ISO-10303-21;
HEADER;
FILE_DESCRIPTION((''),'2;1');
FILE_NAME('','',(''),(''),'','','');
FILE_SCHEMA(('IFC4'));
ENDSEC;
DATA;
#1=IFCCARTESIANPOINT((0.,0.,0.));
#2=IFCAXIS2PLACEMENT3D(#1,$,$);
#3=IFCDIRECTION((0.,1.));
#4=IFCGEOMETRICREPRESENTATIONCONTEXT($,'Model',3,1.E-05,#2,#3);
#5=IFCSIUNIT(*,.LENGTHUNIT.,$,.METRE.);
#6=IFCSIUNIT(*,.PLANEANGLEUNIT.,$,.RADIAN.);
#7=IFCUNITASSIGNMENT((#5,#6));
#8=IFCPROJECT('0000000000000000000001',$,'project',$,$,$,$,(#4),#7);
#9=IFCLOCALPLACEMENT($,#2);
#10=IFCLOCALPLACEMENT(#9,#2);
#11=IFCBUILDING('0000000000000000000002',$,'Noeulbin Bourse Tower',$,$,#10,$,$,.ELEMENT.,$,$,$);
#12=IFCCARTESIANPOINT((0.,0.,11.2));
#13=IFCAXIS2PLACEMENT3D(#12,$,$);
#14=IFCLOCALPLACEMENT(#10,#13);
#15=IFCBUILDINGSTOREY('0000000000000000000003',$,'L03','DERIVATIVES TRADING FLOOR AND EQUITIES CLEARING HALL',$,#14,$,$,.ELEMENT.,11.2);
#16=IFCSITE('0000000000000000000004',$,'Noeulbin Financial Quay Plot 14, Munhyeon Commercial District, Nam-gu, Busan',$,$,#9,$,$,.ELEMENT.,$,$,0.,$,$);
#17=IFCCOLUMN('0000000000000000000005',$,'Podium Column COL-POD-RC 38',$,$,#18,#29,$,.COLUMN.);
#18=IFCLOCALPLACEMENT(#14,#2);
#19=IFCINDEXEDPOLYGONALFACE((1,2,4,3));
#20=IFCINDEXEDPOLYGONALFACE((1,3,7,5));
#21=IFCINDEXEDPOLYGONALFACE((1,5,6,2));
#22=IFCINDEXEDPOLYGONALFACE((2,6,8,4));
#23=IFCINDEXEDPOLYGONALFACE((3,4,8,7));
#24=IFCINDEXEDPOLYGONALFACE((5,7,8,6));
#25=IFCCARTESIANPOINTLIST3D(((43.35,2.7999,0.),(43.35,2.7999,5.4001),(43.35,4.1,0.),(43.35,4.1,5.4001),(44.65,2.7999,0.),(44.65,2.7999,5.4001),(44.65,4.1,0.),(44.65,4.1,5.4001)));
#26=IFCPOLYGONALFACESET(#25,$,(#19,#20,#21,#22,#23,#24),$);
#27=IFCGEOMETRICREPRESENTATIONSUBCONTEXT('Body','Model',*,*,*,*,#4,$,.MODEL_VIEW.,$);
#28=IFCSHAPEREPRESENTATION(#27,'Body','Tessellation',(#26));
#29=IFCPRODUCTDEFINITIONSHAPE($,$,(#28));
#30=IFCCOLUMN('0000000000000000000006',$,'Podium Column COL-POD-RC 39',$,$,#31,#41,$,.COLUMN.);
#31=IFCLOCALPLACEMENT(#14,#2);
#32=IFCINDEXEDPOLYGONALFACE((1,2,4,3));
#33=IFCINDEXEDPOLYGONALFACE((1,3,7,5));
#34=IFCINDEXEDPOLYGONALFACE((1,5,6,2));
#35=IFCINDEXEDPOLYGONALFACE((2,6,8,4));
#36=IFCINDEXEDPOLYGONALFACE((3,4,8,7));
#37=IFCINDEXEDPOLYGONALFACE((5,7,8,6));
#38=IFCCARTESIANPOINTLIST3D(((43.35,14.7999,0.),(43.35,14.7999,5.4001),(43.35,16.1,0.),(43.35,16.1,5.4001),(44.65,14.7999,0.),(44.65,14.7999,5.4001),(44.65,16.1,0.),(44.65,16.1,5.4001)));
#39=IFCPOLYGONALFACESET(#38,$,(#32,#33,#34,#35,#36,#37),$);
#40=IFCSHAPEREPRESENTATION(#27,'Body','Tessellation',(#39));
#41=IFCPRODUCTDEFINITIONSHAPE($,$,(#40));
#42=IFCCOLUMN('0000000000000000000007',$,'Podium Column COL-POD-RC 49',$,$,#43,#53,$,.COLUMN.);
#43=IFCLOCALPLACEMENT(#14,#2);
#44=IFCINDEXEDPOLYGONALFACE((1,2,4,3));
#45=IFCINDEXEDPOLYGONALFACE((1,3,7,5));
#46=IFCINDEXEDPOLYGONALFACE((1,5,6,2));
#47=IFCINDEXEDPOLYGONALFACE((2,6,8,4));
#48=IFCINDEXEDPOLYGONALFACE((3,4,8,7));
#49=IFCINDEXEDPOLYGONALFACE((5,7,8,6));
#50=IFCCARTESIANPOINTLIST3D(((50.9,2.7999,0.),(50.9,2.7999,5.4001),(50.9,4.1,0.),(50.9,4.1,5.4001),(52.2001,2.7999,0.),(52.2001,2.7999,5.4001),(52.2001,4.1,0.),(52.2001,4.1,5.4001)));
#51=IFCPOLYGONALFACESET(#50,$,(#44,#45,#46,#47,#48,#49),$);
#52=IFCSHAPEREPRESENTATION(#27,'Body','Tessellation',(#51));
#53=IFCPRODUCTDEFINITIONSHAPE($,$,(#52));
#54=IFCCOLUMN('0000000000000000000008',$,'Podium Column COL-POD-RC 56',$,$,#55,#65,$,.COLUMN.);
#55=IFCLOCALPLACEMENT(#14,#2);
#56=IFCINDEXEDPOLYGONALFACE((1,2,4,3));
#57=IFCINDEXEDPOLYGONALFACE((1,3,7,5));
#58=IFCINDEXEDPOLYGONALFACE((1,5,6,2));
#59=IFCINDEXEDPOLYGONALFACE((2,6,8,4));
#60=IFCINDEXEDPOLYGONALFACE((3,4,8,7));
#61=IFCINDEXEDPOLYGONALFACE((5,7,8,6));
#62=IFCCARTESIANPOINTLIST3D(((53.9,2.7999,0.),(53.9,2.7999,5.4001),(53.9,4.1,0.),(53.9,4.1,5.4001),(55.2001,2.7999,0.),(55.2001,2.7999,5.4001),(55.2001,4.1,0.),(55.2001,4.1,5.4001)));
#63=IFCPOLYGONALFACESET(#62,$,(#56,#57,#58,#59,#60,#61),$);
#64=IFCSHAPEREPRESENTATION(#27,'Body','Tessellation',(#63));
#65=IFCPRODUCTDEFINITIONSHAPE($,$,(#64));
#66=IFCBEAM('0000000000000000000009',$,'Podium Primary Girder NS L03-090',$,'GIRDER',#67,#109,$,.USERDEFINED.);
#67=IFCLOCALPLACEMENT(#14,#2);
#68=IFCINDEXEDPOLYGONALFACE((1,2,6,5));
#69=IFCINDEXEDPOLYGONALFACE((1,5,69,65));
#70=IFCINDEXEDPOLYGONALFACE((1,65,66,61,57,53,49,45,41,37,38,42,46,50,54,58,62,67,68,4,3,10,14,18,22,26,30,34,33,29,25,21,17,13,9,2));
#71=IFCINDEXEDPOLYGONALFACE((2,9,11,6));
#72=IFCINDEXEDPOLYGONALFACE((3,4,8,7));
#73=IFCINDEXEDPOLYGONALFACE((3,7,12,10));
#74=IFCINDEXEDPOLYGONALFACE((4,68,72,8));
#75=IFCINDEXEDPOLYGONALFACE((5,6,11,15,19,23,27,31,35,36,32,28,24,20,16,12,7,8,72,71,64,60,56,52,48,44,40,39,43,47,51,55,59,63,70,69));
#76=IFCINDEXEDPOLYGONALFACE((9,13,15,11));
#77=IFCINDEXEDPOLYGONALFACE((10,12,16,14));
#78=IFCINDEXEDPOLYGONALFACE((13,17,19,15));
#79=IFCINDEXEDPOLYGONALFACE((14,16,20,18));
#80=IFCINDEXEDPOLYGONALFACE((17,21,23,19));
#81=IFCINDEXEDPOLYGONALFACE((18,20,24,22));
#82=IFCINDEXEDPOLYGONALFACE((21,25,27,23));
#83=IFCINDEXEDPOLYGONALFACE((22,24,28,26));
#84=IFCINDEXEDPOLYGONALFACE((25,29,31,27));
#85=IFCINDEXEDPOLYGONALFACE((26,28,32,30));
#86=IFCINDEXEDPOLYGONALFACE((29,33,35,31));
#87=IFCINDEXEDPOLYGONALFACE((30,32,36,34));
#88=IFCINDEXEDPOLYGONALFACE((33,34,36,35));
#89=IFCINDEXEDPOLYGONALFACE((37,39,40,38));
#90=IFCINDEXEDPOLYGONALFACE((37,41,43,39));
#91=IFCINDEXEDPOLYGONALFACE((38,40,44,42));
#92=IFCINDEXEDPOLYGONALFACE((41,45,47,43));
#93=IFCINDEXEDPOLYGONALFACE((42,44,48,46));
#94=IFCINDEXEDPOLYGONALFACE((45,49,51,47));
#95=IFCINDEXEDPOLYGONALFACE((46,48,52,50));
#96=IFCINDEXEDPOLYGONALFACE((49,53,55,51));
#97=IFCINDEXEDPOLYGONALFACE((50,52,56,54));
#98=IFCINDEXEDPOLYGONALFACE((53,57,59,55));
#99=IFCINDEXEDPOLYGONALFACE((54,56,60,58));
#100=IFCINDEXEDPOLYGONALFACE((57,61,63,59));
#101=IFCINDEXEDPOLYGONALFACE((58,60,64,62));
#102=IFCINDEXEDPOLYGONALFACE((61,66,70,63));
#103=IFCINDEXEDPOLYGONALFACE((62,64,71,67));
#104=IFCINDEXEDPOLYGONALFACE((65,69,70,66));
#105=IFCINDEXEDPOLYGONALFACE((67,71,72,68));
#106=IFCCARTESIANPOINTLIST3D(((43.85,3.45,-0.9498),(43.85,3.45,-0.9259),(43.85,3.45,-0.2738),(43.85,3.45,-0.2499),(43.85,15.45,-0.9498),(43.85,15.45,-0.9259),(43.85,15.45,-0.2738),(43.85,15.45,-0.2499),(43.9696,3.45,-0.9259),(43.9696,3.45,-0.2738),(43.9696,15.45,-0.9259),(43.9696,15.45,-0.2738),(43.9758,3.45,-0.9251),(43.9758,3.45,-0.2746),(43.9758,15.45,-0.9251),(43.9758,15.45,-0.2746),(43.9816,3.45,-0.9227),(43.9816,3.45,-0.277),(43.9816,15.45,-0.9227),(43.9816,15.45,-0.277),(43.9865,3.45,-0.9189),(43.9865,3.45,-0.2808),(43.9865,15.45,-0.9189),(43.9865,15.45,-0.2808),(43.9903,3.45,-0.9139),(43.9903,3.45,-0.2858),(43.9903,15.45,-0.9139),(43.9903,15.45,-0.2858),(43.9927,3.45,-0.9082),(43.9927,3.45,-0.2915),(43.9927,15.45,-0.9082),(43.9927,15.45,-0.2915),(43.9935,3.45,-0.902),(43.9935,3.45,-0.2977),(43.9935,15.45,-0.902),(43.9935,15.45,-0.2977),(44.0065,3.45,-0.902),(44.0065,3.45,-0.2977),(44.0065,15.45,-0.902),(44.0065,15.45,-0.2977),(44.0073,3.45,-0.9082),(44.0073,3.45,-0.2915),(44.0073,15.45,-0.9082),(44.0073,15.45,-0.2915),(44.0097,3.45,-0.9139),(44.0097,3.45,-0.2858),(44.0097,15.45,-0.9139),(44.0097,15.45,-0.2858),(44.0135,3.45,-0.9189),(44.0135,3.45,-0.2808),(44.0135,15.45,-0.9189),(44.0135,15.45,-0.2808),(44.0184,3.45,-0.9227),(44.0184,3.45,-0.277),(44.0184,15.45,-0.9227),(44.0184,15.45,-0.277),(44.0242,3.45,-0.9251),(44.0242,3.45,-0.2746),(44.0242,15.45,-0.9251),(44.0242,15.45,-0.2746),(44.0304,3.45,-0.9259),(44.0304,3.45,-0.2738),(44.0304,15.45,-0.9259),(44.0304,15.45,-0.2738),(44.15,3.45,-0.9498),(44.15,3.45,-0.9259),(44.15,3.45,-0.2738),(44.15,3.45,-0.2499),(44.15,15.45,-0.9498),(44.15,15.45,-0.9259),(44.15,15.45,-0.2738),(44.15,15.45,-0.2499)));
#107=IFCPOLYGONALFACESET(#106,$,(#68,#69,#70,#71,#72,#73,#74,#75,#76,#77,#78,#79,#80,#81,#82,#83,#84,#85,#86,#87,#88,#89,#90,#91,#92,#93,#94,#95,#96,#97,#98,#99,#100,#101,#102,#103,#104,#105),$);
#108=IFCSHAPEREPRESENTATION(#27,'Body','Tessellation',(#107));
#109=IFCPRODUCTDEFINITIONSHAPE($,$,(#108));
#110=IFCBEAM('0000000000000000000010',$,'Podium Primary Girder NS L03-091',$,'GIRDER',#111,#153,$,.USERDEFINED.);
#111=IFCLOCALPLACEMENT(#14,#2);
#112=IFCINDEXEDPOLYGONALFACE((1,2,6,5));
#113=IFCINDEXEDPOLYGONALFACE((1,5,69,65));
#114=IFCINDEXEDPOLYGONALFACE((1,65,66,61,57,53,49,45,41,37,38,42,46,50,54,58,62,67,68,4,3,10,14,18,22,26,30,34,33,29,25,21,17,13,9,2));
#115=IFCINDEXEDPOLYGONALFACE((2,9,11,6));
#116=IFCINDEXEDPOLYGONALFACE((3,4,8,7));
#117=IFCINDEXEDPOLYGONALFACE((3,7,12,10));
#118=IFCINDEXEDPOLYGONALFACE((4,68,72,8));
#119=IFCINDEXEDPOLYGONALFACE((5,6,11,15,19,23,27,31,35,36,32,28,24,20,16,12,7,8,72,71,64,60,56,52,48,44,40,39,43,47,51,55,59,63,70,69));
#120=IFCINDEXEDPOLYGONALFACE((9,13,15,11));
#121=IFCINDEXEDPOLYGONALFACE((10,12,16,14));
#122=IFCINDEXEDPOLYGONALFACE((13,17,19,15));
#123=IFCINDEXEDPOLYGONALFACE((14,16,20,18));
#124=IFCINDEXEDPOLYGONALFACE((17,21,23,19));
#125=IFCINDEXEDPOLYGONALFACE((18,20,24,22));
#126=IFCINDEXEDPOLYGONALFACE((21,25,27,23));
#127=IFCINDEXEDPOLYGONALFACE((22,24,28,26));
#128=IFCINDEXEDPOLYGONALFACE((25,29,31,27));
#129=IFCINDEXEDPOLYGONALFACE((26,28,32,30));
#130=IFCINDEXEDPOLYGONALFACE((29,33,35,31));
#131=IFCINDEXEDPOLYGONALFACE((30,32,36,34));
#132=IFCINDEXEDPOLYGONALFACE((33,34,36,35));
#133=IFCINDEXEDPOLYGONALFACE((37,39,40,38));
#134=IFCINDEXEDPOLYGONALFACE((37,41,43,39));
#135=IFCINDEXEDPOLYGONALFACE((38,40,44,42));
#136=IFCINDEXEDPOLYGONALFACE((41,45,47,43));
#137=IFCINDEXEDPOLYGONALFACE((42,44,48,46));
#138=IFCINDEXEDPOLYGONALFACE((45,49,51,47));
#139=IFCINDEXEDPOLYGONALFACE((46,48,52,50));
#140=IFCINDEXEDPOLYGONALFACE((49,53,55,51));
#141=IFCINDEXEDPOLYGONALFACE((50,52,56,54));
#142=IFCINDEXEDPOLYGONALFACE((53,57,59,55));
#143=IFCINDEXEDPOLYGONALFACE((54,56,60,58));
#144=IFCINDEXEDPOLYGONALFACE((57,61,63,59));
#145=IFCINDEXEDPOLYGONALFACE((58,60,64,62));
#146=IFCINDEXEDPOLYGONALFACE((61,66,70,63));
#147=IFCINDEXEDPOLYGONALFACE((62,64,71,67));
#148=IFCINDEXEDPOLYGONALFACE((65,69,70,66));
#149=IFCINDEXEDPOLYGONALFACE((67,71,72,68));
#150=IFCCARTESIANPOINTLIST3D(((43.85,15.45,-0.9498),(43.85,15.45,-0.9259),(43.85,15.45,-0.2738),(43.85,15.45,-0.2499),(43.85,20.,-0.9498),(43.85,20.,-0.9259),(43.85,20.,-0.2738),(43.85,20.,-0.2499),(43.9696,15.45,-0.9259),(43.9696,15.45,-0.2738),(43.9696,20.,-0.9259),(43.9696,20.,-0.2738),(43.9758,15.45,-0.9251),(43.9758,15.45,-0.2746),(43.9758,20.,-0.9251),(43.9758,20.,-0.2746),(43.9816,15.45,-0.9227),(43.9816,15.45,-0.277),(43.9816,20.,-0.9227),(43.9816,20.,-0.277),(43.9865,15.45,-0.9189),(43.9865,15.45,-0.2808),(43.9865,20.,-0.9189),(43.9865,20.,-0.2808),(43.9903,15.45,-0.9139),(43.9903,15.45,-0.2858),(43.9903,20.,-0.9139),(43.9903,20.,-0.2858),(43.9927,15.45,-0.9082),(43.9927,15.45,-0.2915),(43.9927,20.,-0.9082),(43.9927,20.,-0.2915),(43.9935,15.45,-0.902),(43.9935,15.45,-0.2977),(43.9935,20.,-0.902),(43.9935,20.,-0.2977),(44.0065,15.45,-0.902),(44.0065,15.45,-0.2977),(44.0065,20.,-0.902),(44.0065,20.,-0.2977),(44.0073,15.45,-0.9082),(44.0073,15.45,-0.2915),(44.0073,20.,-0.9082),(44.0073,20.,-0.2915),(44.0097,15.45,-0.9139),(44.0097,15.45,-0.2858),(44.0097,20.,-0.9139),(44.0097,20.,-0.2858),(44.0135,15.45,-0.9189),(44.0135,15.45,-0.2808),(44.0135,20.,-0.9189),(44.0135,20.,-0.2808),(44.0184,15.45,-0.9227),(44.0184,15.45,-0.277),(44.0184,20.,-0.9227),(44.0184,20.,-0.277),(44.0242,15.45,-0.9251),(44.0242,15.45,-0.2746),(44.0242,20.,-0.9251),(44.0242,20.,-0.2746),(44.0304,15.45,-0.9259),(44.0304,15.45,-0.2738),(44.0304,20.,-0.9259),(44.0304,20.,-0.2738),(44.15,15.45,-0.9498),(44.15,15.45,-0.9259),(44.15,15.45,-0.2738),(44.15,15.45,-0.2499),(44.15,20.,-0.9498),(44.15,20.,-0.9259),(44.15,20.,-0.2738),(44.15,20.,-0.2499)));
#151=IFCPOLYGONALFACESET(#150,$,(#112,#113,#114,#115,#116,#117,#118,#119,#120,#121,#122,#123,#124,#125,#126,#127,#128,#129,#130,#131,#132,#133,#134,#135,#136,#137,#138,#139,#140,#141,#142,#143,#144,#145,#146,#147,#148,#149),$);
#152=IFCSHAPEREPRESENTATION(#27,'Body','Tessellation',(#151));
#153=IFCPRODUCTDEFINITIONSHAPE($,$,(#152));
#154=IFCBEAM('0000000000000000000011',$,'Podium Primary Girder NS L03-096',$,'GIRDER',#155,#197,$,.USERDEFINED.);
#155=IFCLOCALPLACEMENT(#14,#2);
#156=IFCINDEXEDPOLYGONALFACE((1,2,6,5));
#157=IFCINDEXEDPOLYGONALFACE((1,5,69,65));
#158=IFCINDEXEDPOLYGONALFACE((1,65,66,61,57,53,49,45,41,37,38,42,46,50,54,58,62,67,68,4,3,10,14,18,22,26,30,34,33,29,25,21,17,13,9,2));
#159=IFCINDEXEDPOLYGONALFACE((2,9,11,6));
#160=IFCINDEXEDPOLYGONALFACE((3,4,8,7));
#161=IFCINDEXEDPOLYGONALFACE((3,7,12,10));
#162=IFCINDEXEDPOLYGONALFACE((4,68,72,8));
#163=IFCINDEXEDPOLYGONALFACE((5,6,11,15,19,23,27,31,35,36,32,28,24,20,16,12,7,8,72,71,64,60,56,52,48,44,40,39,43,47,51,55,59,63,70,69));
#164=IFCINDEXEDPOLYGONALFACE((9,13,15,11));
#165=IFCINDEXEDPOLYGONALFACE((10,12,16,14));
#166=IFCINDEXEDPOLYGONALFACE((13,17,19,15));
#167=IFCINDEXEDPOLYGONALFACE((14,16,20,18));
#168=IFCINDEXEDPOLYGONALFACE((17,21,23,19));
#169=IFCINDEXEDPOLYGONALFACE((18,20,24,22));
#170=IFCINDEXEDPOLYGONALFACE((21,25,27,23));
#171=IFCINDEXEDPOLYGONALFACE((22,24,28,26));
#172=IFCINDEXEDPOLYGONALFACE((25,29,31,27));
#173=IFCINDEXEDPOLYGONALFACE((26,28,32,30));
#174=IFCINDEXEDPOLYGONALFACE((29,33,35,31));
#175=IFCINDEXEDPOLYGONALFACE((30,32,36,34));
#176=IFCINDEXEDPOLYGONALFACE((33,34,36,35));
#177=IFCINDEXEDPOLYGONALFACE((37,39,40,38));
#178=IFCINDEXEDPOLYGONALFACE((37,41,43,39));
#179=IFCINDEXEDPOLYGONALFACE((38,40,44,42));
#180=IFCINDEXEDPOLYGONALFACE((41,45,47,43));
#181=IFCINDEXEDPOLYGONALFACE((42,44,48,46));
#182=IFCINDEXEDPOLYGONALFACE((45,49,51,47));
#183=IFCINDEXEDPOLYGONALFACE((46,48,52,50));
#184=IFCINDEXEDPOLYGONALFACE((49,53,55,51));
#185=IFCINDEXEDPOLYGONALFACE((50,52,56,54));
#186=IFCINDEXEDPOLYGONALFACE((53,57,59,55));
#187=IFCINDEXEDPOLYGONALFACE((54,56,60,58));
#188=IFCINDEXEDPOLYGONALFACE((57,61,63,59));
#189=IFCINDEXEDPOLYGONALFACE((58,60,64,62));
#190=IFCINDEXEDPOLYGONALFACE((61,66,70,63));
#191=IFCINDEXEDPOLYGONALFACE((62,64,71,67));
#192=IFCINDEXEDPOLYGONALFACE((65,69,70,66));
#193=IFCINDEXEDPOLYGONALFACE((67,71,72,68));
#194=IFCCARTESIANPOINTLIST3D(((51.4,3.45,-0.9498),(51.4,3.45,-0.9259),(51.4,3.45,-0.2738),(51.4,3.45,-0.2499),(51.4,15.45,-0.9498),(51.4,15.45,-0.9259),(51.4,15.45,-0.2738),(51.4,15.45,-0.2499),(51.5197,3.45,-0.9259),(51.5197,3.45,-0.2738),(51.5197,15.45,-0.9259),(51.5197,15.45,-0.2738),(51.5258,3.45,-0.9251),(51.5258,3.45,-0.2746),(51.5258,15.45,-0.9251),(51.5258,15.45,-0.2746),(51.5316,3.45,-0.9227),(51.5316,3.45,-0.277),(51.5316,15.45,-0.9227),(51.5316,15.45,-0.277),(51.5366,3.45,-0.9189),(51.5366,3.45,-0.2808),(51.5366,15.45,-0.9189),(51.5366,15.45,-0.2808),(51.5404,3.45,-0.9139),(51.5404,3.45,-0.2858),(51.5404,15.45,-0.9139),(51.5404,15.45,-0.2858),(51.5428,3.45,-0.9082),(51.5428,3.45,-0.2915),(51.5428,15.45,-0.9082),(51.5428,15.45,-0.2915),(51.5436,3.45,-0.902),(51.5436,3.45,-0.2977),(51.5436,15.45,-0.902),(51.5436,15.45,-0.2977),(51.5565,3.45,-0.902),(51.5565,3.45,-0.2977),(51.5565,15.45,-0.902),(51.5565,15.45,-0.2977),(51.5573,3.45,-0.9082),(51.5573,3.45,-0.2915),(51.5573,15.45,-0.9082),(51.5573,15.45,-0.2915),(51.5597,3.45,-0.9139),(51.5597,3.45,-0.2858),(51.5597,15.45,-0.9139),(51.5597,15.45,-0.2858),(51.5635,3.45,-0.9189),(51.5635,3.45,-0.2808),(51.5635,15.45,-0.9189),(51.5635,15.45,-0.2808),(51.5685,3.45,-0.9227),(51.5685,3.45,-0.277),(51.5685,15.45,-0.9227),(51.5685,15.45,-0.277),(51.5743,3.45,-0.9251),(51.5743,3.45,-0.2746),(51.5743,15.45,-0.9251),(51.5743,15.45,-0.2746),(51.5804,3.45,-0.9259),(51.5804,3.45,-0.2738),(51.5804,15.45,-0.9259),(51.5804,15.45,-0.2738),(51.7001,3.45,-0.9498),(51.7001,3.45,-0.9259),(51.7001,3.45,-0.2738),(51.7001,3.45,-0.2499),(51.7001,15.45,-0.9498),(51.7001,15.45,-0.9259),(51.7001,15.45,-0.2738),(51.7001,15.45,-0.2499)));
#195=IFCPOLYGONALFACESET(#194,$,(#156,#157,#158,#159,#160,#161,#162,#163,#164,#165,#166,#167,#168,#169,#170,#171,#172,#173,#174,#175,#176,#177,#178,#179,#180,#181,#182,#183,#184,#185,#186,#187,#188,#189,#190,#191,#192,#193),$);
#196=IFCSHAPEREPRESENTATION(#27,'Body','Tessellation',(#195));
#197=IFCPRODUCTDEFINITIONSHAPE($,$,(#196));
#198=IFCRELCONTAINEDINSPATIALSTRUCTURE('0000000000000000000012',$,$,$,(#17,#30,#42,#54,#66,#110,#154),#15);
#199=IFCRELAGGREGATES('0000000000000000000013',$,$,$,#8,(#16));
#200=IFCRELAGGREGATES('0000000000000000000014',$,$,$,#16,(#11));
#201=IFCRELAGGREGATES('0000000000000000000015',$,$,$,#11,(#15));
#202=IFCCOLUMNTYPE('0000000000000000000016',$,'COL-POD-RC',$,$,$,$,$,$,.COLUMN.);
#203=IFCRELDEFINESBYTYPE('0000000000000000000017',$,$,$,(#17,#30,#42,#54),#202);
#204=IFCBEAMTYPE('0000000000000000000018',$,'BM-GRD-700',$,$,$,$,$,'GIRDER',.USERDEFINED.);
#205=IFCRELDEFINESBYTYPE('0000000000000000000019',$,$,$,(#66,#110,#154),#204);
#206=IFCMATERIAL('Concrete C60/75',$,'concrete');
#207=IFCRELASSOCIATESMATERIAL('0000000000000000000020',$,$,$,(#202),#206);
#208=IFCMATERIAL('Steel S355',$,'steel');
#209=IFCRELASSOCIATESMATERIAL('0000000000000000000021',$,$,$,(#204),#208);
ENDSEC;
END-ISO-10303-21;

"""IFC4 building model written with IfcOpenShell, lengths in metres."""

from ifc_helpers import new_model, si_unit, direction, frame, origin, origin_2d, place, context, subcontext, project, spatial, rectangle, i_section, extrude, material, material_profile, profile_set, type_object, element, save


model = new_model("IFC4")

# Units and contexts
model_context = context("Model", 3, precision=1e-05, world=origin(), true_north=direction((0.0, 1.0)))
body_context = subcontext(model_context, "Body", "Model", "MODEL_VIEW")
ifc_project = project(units=[si_unit("LENGTHUNIT", "METRE"), si_unit("PLANEANGLEUNIT", "RADIAN")], contexts=[model_context])

# Site, building, storey
site_placement = place(None, origin())
site = spatial("IfcSite", under=ifc_project, at=site_placement, Name="Noeulbin Financial Quay Plot 14, Munhyeon Commercial District, Nam-gu, Busan", CompositionType="ELEMENT", RefElevation=0.0)
building_placement = place(site_placement, origin())
building = spatial("IfcBuilding", under=site, at=building_placement, Name="Noeulbin Bourse Tower", CompositionType="ELEMENT")
storey_placement = place(building_placement, frame((0.0, 0.0, 11.2)))
storey = spatial("IfcBuildingStorey", under=building, at=storey_placement, Name="L03", Description="DERIVATIVES TRADING FLOOR AND EQUITIES CLEARING HALL", CompositionType="ELEMENT", Elevation=11.2)

# Columns
ifc_material_1 = material(Name="Concrete C60/75", Category="concrete")
ifc_material_profile_1 = material_profile(ifc_material_1, rectangle(XDim=1.3, YDim=1.3, at=origin_2d()), Name="RC-COL-1300x1300", Category="LoadBearing")
ifc_profile_set_1 = profile_set([ifc_material_profile_1], Name="Concrete C60/75")
column_type = type_object("IfcColumnType", Name="COL-POD-RC", PredefinedType="COLUMN", material=ifc_profile_set_1)
for number, where, z_axis, x_axis, name in (
    (1, (44.0, 3.45, 0.0), (0.0, 0.0, 1.0), (1.0, 0.0, 0.0), "Podium Column COL-POD-RC 38"),
    (2, (44.0, 15.45, 0.0), (0.0, 0.0, 1.0), (1.0, 0.0, 0.0), "Podium Column COL-POD-RC 39"),
    (3, (51.55, 3.45, 0.0), (0.0, 0.0, 1.0), (1.0, 0.0, 0.0), "Podium Column COL-POD-RC 49"),
    (4, (54.55, 3.45, 0.0), (0.0, 0.0, 1.0), (1.0, 0.0, 0.0), "Podium Column COL-POD-RC 56"),
):
    element("IfcColumn", number, at=place(storey_placement, frame(where, z_axis=z_axis, x_axis=x_axis)), inside=storey, type_object=column_type, Name=name, PredefinedType="COLUMN", context=body_context, shape_type="SweptSolid", body=[
        extrude(rectangle(XDim=1.3, YDim=1.3, at=origin_2d()), origin(), (0.0, 0.0, 1.0), 5.4001),
    ])

# Beams
ifc_material_2 = material(Name="Steel S355", Category="steel")
ifc_material_profile_2 = material_profile(ifc_material_2, i_section(OverallWidth=0.3, OverallDepth=0.7, WebThickness=0.0129, FlangeThickness=0.0239, FilletRadius=0.0239, at=origin_2d()), Name="H-700x300x13x24", Category="LoadBearing")
ifc_profile_set_2 = profile_set([ifc_material_profile_2], Name="Steel S355")
beam_type_1 = type_object("IfcBeamType", Name="BM-GRD-700", ElementType="GIRDER", PredefinedType="USERDEFINED", material=ifc_profile_set_2)
beam_1_placement = place(storey_placement, frame((44.0, 3.45, -0.5999), z_axis=(0.0, 1.0, 0.0), x_axis=(-1.0, 0.0, 0.0)))
element("IfcBeam", 5, at=beam_1_placement, inside=storey, type_object=beam_type_1, Name="Podium Primary Girder NS L03-090", ObjectType="GIRDER", PredefinedType="USERDEFINED", context=body_context, shape_type="SweptSolid", body=[
    extrude(i_section(OverallWidth=0.3, OverallDepth=0.7, WebThickness=0.0129, FlangeThickness=0.0239, FilletRadius=0.0239, at=origin_2d()), origin(), (0.0, 0.0, 1.0), 12.0),
])
beam_2_placement = place(storey_placement, frame((44.0, 15.45, -0.5999), z_axis=(0.0, 1.0, 0.0), x_axis=(-1.0, 0.0, 0.0)))
element("IfcBeam", 6, at=beam_2_placement, inside=storey, type_object=beam_type_1, Name="Podium Primary Girder NS L03-091", ObjectType="GIRDER", PredefinedType="USERDEFINED", context=body_context, shape_type="SweptSolid", body=[
    extrude(i_section(OverallWidth=0.3, OverallDepth=0.7, WebThickness=0.0129, FlangeThickness=0.0239, FilletRadius=0.0239, at=origin_2d()), origin(), (0.0, 0.0, 1.0), 4.55),
])
for number, where, z_axis, x_axis, name in (
    (7, (51.55, 3.45, -0.5999), (0.0, 1.0, 0.0), (-1.0, 0.0, 0.0), "Podium Primary Girder NS L03-096"),
):
    element("IfcBeam", number, at=place(storey_placement, frame(where, z_axis=z_axis, x_axis=x_axis)), inside=storey, type_object=beam_type_1, Name=name, ObjectType="GIRDER", PredefinedType="USERDEFINED", context=body_context, shape_type="SweptSolid", body=[
        extrude(i_section(OverallWidth=0.3, OverallDepth=0.7, WebThickness=0.0129, FlangeThickness=0.0239, FilletRadius=0.0239, at=origin_2d()), origin(), (0.0, 0.0, 1.0), 12.0),
    ])

save(model, "model.ifc")
